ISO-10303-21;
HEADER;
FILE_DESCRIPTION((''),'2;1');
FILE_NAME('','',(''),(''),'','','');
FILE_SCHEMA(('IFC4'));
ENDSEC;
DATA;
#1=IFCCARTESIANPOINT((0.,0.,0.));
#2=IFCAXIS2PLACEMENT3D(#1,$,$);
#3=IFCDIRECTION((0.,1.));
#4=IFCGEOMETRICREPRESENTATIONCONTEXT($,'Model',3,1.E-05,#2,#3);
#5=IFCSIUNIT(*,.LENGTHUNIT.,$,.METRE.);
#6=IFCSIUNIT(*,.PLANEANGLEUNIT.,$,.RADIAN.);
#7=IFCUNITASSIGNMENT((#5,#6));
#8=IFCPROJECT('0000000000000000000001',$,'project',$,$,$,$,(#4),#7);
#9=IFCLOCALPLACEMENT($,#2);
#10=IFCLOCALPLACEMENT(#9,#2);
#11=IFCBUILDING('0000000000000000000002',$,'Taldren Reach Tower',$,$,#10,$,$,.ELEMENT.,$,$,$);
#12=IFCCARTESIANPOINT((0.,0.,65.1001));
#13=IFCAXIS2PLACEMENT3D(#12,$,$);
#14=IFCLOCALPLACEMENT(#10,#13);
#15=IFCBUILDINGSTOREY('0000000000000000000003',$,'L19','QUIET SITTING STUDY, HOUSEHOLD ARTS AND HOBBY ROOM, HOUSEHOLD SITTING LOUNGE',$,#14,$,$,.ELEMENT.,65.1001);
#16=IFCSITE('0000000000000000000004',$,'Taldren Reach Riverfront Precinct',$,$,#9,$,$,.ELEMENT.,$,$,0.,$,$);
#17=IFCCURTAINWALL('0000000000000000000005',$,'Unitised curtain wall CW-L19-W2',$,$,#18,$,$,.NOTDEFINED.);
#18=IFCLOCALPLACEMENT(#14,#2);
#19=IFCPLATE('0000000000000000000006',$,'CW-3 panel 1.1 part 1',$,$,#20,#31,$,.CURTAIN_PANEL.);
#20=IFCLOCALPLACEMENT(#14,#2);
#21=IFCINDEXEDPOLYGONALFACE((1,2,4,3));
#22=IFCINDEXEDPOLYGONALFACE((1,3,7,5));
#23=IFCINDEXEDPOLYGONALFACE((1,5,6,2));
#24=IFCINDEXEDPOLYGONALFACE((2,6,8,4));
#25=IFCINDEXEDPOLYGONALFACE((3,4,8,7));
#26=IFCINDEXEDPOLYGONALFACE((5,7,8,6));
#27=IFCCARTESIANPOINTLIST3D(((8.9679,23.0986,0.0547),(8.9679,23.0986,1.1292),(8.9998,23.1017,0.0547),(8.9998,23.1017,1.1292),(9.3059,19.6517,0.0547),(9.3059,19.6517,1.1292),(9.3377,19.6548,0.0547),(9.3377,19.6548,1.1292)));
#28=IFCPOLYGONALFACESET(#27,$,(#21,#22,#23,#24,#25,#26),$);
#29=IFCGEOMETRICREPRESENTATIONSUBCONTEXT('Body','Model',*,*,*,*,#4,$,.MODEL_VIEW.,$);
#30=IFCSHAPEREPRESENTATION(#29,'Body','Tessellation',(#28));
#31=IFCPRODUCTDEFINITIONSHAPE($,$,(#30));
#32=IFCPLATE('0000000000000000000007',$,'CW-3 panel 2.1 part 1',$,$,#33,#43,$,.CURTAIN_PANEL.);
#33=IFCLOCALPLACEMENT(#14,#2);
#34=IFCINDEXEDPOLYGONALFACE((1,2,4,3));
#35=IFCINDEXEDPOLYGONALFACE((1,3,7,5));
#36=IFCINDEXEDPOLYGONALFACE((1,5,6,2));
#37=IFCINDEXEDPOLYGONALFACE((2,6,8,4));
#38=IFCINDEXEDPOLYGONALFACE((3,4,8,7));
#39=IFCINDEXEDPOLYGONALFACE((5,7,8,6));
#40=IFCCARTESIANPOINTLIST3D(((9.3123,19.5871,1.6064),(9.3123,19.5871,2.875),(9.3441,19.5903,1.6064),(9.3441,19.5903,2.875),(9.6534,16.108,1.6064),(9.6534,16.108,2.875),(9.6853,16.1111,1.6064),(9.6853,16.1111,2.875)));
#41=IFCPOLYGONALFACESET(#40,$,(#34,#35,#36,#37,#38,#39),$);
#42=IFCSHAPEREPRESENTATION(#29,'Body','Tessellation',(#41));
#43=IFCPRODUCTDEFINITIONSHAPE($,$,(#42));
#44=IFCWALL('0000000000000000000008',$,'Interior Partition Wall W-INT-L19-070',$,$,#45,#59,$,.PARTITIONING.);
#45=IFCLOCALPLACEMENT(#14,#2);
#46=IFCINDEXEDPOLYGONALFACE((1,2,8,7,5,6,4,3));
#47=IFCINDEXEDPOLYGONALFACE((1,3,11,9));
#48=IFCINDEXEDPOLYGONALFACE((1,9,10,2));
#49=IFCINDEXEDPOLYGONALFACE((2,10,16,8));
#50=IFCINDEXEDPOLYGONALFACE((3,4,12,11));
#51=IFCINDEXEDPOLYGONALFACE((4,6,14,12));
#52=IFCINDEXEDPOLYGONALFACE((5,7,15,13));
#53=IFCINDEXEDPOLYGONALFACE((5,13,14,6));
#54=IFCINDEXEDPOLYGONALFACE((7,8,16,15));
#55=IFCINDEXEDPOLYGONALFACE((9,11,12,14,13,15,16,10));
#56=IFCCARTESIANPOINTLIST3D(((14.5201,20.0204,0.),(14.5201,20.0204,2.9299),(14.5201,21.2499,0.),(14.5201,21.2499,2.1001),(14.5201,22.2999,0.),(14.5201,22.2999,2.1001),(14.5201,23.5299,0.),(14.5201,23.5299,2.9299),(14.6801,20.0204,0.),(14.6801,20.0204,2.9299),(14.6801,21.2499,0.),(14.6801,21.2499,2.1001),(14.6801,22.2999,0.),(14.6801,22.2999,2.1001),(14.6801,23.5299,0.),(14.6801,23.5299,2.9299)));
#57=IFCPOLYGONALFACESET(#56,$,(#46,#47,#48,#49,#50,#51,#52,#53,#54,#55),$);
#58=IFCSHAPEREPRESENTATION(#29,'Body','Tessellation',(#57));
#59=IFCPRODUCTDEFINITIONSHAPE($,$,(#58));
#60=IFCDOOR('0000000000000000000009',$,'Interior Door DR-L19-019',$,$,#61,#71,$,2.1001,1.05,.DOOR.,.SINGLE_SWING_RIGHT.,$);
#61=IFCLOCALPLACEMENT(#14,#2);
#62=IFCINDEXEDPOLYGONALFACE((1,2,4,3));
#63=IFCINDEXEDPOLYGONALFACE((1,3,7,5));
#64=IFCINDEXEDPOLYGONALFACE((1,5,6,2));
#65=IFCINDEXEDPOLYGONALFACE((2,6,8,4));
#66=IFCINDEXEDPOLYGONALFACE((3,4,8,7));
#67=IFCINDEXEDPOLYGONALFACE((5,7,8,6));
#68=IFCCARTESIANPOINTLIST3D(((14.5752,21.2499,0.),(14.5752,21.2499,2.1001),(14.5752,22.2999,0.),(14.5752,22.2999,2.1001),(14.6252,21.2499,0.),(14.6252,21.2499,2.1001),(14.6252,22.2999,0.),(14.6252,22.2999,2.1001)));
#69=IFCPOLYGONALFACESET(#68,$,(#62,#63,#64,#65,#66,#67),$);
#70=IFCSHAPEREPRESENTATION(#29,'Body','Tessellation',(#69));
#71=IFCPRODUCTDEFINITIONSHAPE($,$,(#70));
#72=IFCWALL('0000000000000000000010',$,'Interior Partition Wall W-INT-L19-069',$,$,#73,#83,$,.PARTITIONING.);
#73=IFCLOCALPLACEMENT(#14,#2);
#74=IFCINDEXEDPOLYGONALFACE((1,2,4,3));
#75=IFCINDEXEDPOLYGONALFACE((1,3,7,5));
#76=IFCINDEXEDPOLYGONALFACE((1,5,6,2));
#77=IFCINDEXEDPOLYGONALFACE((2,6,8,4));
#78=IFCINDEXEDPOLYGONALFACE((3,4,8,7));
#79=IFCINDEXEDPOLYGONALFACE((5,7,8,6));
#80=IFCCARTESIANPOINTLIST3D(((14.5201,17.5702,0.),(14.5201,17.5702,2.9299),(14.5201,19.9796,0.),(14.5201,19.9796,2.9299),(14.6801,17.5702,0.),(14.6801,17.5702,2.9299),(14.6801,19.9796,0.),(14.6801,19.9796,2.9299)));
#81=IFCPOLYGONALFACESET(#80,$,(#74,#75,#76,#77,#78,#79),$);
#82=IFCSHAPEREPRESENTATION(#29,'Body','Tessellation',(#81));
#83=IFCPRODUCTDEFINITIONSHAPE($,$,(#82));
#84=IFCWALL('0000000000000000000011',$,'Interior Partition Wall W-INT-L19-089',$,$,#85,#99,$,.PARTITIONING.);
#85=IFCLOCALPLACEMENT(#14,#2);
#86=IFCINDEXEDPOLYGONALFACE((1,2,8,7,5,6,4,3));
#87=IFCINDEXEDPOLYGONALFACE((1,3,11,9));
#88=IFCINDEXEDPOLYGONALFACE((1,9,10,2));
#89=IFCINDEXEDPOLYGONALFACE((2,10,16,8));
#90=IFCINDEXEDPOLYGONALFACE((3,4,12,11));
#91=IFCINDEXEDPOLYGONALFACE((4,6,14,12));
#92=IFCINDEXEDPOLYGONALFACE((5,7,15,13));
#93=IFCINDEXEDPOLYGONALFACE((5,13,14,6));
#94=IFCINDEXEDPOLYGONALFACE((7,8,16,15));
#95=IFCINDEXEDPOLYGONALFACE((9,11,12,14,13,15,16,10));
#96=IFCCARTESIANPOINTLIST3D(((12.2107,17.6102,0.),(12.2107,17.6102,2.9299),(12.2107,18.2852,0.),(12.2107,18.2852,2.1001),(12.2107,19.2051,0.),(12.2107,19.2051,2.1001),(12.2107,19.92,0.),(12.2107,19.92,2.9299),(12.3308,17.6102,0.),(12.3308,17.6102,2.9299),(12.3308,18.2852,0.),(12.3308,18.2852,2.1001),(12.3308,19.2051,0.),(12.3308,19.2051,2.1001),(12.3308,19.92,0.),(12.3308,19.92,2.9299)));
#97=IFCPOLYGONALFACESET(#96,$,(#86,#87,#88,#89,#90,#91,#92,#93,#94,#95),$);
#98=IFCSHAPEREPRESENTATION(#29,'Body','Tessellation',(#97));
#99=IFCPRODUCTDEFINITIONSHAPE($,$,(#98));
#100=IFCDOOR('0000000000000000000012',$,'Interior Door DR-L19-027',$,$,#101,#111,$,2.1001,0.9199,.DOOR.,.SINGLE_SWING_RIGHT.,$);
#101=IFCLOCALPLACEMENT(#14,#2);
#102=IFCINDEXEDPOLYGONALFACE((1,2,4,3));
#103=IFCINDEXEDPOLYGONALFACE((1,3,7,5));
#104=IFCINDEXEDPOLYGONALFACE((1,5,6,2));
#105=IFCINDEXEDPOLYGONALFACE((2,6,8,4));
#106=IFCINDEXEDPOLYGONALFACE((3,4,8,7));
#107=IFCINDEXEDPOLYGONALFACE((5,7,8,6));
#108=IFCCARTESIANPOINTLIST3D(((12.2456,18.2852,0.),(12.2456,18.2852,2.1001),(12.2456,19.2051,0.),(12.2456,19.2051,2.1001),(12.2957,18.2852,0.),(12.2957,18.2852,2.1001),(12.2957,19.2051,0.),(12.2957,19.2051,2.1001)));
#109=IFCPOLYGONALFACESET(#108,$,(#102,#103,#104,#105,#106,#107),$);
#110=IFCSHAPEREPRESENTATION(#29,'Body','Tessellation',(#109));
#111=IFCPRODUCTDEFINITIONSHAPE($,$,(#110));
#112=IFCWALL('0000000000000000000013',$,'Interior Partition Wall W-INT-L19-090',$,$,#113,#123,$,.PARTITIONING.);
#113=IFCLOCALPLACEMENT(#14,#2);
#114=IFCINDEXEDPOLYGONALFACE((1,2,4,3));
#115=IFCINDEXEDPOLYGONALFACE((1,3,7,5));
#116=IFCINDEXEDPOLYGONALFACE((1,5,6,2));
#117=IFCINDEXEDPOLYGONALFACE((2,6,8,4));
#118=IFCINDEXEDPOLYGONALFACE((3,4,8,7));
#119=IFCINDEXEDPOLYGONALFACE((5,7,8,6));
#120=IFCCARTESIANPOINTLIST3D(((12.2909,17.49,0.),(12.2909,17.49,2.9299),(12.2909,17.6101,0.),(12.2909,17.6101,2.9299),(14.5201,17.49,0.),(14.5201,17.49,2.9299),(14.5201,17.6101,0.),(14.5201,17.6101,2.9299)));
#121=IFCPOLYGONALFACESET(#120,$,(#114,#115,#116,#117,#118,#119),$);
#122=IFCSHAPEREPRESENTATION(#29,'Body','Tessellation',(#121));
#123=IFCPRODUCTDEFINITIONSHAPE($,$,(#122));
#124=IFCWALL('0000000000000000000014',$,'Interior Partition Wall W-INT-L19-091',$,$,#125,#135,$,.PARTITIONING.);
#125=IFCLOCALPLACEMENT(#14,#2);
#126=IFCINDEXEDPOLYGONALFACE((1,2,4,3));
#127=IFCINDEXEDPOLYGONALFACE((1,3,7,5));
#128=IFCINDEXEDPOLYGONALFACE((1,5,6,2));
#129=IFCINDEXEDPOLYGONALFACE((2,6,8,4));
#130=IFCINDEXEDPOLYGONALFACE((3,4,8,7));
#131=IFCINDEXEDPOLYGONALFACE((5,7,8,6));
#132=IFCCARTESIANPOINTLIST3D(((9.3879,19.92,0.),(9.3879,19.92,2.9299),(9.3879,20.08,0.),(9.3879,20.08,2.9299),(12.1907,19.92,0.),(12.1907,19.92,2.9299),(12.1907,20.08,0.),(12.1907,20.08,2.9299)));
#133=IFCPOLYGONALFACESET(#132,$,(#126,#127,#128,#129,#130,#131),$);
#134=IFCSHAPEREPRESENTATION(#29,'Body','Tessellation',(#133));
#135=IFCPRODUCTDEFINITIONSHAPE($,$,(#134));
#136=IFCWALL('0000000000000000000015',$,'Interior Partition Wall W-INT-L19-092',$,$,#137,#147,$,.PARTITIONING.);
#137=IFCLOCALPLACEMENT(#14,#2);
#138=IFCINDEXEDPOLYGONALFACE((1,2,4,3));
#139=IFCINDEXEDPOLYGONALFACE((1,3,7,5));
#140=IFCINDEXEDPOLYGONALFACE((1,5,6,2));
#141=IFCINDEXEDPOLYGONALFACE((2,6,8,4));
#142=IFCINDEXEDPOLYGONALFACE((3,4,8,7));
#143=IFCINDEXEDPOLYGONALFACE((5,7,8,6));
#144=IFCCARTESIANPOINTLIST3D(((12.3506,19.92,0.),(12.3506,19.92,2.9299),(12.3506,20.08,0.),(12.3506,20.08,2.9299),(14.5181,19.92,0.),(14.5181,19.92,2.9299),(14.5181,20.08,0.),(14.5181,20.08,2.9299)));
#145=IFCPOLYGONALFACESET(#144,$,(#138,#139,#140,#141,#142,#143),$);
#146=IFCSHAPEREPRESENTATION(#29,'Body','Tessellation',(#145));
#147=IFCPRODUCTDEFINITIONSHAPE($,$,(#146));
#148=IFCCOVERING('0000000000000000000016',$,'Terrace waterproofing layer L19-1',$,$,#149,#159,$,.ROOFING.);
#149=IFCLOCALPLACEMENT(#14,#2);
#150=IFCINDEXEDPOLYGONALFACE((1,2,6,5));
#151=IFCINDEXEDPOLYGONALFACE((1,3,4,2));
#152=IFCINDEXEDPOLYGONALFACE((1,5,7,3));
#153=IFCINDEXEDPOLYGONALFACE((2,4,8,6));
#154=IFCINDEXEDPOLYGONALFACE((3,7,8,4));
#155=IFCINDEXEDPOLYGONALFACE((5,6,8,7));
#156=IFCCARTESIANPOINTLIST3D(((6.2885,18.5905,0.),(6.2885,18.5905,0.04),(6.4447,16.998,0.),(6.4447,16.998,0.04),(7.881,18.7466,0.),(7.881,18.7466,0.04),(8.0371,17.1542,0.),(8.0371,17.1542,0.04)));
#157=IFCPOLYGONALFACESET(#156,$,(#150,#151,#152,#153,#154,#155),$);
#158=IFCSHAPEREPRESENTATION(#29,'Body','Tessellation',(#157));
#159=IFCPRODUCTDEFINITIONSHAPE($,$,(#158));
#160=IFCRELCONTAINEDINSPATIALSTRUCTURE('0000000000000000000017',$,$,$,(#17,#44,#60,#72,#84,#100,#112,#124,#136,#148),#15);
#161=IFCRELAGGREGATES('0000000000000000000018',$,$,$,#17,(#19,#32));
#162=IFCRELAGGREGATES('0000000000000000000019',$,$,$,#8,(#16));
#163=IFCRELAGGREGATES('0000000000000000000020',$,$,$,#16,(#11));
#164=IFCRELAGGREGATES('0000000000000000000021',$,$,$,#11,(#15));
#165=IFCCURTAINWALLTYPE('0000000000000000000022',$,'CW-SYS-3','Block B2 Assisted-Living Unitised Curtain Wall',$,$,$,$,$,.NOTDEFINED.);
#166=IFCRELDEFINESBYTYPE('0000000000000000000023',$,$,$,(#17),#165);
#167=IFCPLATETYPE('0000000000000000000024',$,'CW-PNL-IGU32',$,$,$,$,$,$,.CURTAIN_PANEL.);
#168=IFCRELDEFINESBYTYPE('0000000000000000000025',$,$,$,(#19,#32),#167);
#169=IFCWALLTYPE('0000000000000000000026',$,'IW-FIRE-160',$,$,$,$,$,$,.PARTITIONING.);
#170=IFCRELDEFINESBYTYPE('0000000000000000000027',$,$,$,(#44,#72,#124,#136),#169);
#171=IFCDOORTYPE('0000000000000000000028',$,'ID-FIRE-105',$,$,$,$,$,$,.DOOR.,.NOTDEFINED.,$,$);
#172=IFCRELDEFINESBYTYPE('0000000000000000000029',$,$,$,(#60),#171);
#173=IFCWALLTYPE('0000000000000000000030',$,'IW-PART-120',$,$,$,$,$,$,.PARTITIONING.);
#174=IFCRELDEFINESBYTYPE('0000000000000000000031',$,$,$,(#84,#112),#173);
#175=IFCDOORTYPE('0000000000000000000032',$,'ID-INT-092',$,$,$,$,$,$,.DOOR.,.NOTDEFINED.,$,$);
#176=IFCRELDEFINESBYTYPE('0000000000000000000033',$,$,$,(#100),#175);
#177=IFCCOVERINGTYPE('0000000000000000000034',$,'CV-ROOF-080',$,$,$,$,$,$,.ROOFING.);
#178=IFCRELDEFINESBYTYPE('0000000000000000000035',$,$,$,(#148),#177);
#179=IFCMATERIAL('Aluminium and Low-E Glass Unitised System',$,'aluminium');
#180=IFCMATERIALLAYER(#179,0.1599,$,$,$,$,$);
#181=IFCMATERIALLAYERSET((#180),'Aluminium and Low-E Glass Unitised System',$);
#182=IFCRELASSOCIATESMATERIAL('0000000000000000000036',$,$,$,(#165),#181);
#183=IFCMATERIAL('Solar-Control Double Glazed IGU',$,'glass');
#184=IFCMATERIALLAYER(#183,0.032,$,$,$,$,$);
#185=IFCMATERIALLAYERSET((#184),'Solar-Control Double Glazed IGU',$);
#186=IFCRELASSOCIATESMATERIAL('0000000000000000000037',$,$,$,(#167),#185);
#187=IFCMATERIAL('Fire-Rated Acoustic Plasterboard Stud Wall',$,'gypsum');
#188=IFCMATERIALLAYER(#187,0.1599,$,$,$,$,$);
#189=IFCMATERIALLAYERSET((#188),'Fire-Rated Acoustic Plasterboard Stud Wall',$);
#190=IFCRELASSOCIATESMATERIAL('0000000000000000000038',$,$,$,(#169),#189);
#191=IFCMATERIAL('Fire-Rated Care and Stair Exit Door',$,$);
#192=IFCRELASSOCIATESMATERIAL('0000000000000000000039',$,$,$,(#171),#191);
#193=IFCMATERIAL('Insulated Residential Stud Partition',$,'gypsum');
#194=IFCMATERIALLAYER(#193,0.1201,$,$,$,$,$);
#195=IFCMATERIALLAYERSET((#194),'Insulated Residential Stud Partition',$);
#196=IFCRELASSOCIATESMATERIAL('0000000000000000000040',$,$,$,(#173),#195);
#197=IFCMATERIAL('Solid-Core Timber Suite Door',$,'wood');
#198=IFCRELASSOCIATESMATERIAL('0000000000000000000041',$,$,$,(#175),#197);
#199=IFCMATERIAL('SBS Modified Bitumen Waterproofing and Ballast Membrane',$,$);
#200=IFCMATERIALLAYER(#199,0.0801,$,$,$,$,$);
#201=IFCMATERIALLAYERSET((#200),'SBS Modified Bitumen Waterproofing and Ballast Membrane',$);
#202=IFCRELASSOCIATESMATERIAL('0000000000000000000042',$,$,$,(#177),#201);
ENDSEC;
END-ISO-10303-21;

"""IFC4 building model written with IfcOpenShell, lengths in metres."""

from ifc_helpers import new_model, si_unit, direction, frame, frame_2d, origin, origin_2d, place, context, subcontext, project, spatial, rectangle, extrude, source, transform, mapped, material, layer, layer_set, type_object, element, fill, aggregate, save


model = new_model("IFC4")

# Units and contexts
model_context = context("Model", 3, precision=1e-05, world=origin(), true_north=direction((0.0, 1.0)))
body_context = subcontext(model_context, "Body", "Model", "MODEL_VIEW")
ifc_project = project(units=[si_unit("LENGTHUNIT", "METRE"), si_unit("PLANEANGLEUNIT", "RADIAN")], contexts=[model_context])

# Site, building, storey
site_placement = place(None, origin())
site = spatial("IfcSite", under=ifc_project, at=site_placement, Name="Taldren Reach Riverfront Precinct", CompositionType="ELEMENT", RefElevation=0.0)
building_placement = place(site_placement, origin())
building = spatial("IfcBuilding", under=site, at=building_placement, Name="Taldren Reach Tower", CompositionType="ELEMENT")
storey_placement = place(building_placement, frame((0.0, 0.0, 65.1001)))
storey = spatial("IfcBuildingStorey", under=building, at=storey_placement, Name="L19", Description="QUIET SITTING STUDY, HOUSEHOLD ARTS AND HOBBY ROOM, HOUSEHOLD SITTING LOUNGE", CompositionType="ELEMENT", Elevation=65.1001)

# Curtain wall, plates
ifc_material_1 = material(Name="Aluminium and Low-E Glass Unitised System", Category="aluminium")
ifc_layer_1 = layer(ifc_material_1, 0.1599)
ifc_layer_set_1 = layer_set([ifc_layer_1], Name="Aluminium and Low-E Glass Unitised System")
curtain_wall_type = type_object("IfcCurtainWallType", Name="CW-SYS-3", Description="Block B2 Assisted-Living Unitised Curtain Wall", PredefinedType="NOTDEFINED", material=ifc_layer_set_1)
curtain_wall_placement = place(storey_placement, origin())
curtain_wall = element("IfcCurtainWall", 1, at=curtain_wall_placement, inside=storey, type_object=curtain_wall_type, Name="Unitised curtain wall CW-L19-W2", PredefinedType="NOTDEFINED")
ifc_material_2 = material(Name="Solar-Control Double Glazed IGU", Category="glass")
ifc_layer_2 = layer(ifc_material_2, 0.032)
ifc_layer_set_2 = layer_set([ifc_layer_2], Name="Solar-Control Double Glazed IGU")
plate_type = type_object("IfcPlateType", Name="CW-PNL-IGU32", PredefinedType="CURTAIN_PANEL", material=ifc_layer_set_2)
shared_shape_1 = source(origin(), body_context, "Body", "SweptSolid", [
    extrude(rectangle(XDim=3.4634, YDim=0.032, at=origin_2d()), origin(), (0.0, 0.0, 1.0), 1.0745),
])
plate_1_placement = place(storey_placement, frame((9.1528, 21.3767, 0.0547), z_axis=(0.0, 0.0, 1.0), x_axis=(0.097583, -0.995227, 0.0)))
plate_1 = element("IfcPlate", 2, at=plate_1_placement, type_object=plate_type, Name="CW-3 panel 1.1 part 1", PredefinedType="CURTAIN_PANEL", context=body_context, shape_type="MappedRepresentation", body=[
    mapped(shared_shape_1, transform((0.0, 0.0, 0.0), scale=1.0)),
])
shared_shape_2 = source(origin(), body_context, "Body", "SweptSolid", [
    extrude(rectangle(XDim=3.4958, YDim=0.032, at=origin_2d()), origin(), (0.0, 0.0, 1.0), 1.2686),
])
plate_2_placement = place(storey_placement, frame((9.4988, 17.8491, 1.6064), z_axis=(0.0, 0.0, 1.0), x_axis=(0.097583, -0.995227, 0.0)))
plate_2 = element("IfcPlate", 3, at=plate_2_placement, type_object=plate_type, Name="CW-3 panel 2.1 part 1", PredefinedType="CURTAIN_PANEL", context=body_context, shape_type="MappedRepresentation", body=[
    mapped(shared_shape_2, transform((0.0, 0.0, 0.0), scale=1.0)),
])
aggregate(curtain_wall, [plate_1, plate_2])

# Wall, opening, door
ifc_material_3 = material(Name="Fire-Rated Acoustic Plasterboard Stud Wall", Category="gypsum")
ifc_layer_3 = layer(ifc_material_3, 0.1599)
ifc_layer_set_3 = layer_set([ifc_layer_3], Name="Fire-Rated Acoustic Plasterboard Stud Wall")
wall_type_1 = type_object("IfcWallType", Name="IW-FIRE-160", PredefinedType="PARTITIONING", material=ifc_layer_set_3)
shared_shape_3 = source(origin(), body_context, "Body", "SweptSolid", [
    extrude(rectangle(XDim=3.5095, YDim=0.1599, at=frame_2d((1.7549, 0.0))), origin(), (0.0, 0.0, 1.0), 2.9299),
])
wall_1_placement = place(storey_placement, frame((14.6001, 20.0203, 0.0), z_axis=(0.0, 0.0, 1.0), x_axis=(0.0, 1.0, 0.0)))
wall_1 = element("IfcWall", 4, at=wall_1_placement, inside=storey, type_object=wall_type_1, Name="Interior Partition Wall W-INT-L19-070", PredefinedType="PARTITIONING", context=body_context, shape_type="MappedRepresentation", body=[
    mapped(shared_shape_3, transform((0.0, 0.0, 0.0), scale=1.0)),
])
shared_shape_4 = source(origin(), body_context, "Body", "SweptSolid", [
    extrude(rectangle(XDim=1.05, YDim=2.1001, at=frame_2d((0.5249, 1.05))), frame((0.0, 0.0898, 0.0), z_axis=(0.0, -1.0, 0.0), x_axis=(1.0, 0.0, 0.0)), (0.0, 0.0, 1.0), 0.1799),
])
opening_1_placement = place(wall_1_placement, frame((1.2297, 0.0, 0.0)))
opening_1 = element("IfcOpeningElement", 5, at=opening_1_placement, cuts=wall_1, PredefinedType="OPENING", context=body_context, shape_type="MappedRepresentation", body=[
    mapped(shared_shape_4, transform((0.0, 0.0, 0.0), scale=1.0)),
])
ifc_material_4 = material(Name="Fire-Rated Care and Stair Exit Door")
door_type_1 = type_object("IfcDoorType", Name="ID-FIRE-105", OperationType="NOTDEFINED", PredefinedType="DOOR", material=ifc_material_4)
shared_shape_5 = source(origin(), body_context, "Body", "SweptSolid", [
    extrude(rectangle(XDim=1.05, YDim=2.1001, at=frame_2d((0.5249, 1.05))), frame((0.0, 0.0249, 0.0), z_axis=(0.0, -1.0, 0.0), x_axis=(1.0, 0.0, 0.0)), (0.0, 0.0, 1.0), 0.05),
])
door_1_placement = place(opening_1_placement, origin())
door_1 = element("IfcDoor", 6, at=door_1_placement, inside=storey, type_object=door_type_1, Name="Interior Door DR-L19-019", OperationType="SINGLE_SWING_RIGHT", OverallHeight=2.1001, OverallWidth=1.05, PredefinedType="DOOR", context=body_context, shape_type="MappedRepresentation", body=[
    mapped(shared_shape_5, transform((0.0, 0.0, 0.0), scale=1.0)),
])
fill(opening_1, door_1)

# Wall
shared_shape_6 = source(origin(), body_context, "Body", "SweptSolid", [
    extrude(rectangle(XDim=2.4094, YDim=0.1599, at=frame_2d((1.2046, 0.0))), origin(), (0.0, 0.0, 1.0), 2.9299),
])
wall_2_placement = place(storey_placement, frame((14.6001, 17.5703, 0.0), z_axis=(0.0, 0.0, 1.0), x_axis=(0.0, 1.0, 0.0)))
element("IfcWall", 7, at=wall_2_placement, inside=storey, type_object=wall_type_1, Name="Interior Partition Wall W-INT-L19-069", PredefinedType="PARTITIONING", context=body_context, shape_type="MappedRepresentation", body=[
    mapped(shared_shape_6, transform((0.0, 0.0, 0.0), scale=1.0)),
])

# Wall, opening, door
ifc_material_5 = material(Name="Insulated Residential Stud Partition", Category="gypsum")
ifc_layer_4 = layer(ifc_material_5, 0.1201)
ifc_layer_set_4 = layer_set([ifc_layer_4], Name="Insulated Residential Stud Partition")
wall_type_2 = type_object("IfcWallType", Name="IW-PART-120", PredefinedType="PARTITIONING", material=ifc_layer_set_4)
shared_shape_7 = source(origin(), body_context, "Body", "SweptSolid", [
    extrude(rectangle(XDim=2.3098, YDim=0.1201, at=frame_2d((1.1548, 0.0))), origin(), (0.0, 0.0, 1.0), 2.9299),
])
wall_3_placement = place(storey_placement, frame((12.2708, 19.9199, 0.0), z_axis=(0.0, 0.0, 1.0), x_axis=(0.0, -1.0, 0.0)))
wall_3 = element("IfcWall", 8, at=wall_3_placement, inside=storey, type_object=wall_type_2, Name="Interior Partition Wall W-INT-L19-089", PredefinedType="PARTITIONING", context=body_context, shape_type="MappedRepresentation", body=[
    mapped(shared_shape_7, transform((0.0, 0.0, 0.0), scale=1.0)),
])
shared_shape_8 = source(origin(), body_context, "Body", "SweptSolid", [
    extrude(rectangle(XDim=0.9199, YDim=2.1001, at=frame_2d((0.46, 1.05))), frame((0.0, 0.0701, 0.0), z_axis=(0.0, -1.0, 0.0), x_axis=(1.0, 0.0, 0.0)), (0.0, 0.0, 1.0), 0.1401),
])
opening_2_placement = place(wall_3_placement, frame((0.7148, 0.0, 0.0)))
opening_2 = element("IfcOpeningElement", 9, at=opening_2_placement, cuts=wall_3, PredefinedType="OPENING", context=body_context, shape_type="MappedRepresentation", body=[
    mapped(shared_shape_8, transform((0.0, 0.0, 0.0), scale=1.0)),
])
ifc_material_6 = material(Name="Solid-Core Timber Suite Door", Category="wood")
door_type_2 = type_object("IfcDoorType", Name="ID-INT-092", OperationType="NOTDEFINED", PredefinedType="DOOR", material=ifc_material_6)
shared_shape_9 = source(origin(), body_context, "Body", "SweptSolid", [
    extrude(rectangle(XDim=0.9199, YDim=2.1001, at=frame_2d((0.46, 1.05))), frame((0.0, 0.0249, 0.0), z_axis=(0.0, -1.0, 0.0), x_axis=(1.0, 0.0, 0.0)), (0.0, 0.0, 1.0), 0.05),
])
door_2_placement = place(opening_2_placement, origin())
door_2 = element("IfcDoor", 10, at=door_2_placement, inside=storey, type_object=door_type_2, Name="Interior Door DR-L19-027", OperationType="SINGLE_SWING_RIGHT", OverallHeight=2.1001, OverallWidth=0.9199, PredefinedType="DOOR", context=body_context, shape_type="MappedRepresentation", body=[
    mapped(shared_shape_9, transform((0.0, 0.0, 0.0), scale=1.0)),
])
fill(opening_2, door_2)

# Walls
shared_shape_10 = source(origin(), body_context, "Body", "SweptSolid", [
    extrude(rectangle(XDim=2.2292, YDim=0.1201, at=frame_2d((1.1147, 0.0))), origin(), (0.0, 0.0, 1.0), 2.9299),
])
wall_4_placement = place(storey_placement, frame((12.2908, 17.55, 0.0), z_axis=(0.0, 0.0, 1.0), x_axis=(1.0, 0.0, 0.0)))
element("IfcWall", 11, at=wall_4_placement, inside=storey, type_object=wall_type_2, Name="Interior Partition Wall W-INT-L19-090", PredefinedType="PARTITIONING", context=body_context, shape_type="MappedRepresentation", body=[
    mapped(shared_shape_10, transform((0.0, 0.0, 0.0), scale=1.0)),
])
shared_shape_11 = source(origin(), body_context, "Body", "SweptSolid", [
    extrude(rectangle(XDim=2.8027, YDim=0.1599, at=frame_2d((1.4014, 0.0))), origin(), (0.0, 0.0, 1.0), 2.9299),
])
wall_5_placement = place(storey_placement, frame((9.3879, 20.0, 0.0), z_axis=(0.0, 0.0, 1.0), x_axis=(1.0, 0.0, 0.0)))
element("IfcWall", 12, at=wall_5_placement, inside=storey, type_object=wall_type_1, Name="Interior Partition Wall W-INT-L19-091", PredefinedType="PARTITIONING", context=body_context, shape_type="MappedRepresentation", body=[
    mapped(shared_shape_11, transform((0.0, 0.0, 0.0), scale=1.0)),
])
shared_shape_12 = source(origin(), body_context, "Body", "SweptSolid", [
    extrude(rectangle(XDim=2.1675, YDim=0.1599, at=frame_2d((1.0837, 0.0))), origin(), (0.0, 0.0, 1.0), 2.9299),
])
wall_6_placement = place(storey_placement, frame((12.3506, 20.0, 0.0), z_axis=(0.0, 0.0, 1.0), x_axis=(1.0, 0.0, 0.0)))
element("IfcWall", 13, at=wall_6_placement, inside=storey, type_object=wall_type_1, Name="Interior Partition Wall W-INT-L19-092", PredefinedType="PARTITIONING", context=body_context, shape_type="MappedRepresentation", body=[
    mapped(shared_shape_12, transform((0.0, 0.0, 0.0), scale=1.0)),
])

# Covering
ifc_material_7 = material(Name="SBS Modified Bitumen Waterproofing and Ballast Membrane")
ifc_layer_5 = layer(ifc_material_7, 0.0801)
ifc_layer_set_5 = layer_set([ifc_layer_5], Name="SBS Modified Bitumen Waterproofing and Ballast Membrane")
covering_type_1 = type_object("IfcCoveringType", Name="CV-ROOF-080", PredefinedType="ROOFING", material=ifc_layer_set_5)
shared_shape_13 = source(origin(), body_context, "Body", "SweptSolid", [
    extrude(rectangle(XDim=1.6001, YDim=1.6001, at=origin_2d()), origin(), (0.0, 0.0, 1.0), 0.04),
])
covering_1_placement = place(storey_placement, frame((7.1628, 17.8723, 0.0), z_axis=(0.0, 0.0, 1.0), x_axis=(0.995227, 0.097583, 0.0)))
element("IfcCovering", 14, at=covering_1_placement, inside=storey, type_object=covering_type_1, Name="Terrace waterproofing layer L19-1", PredefinedType="ROOFING", context=body_context, shape_type="MappedRepresentation", body=[
    mapped(shared_shape_13, transform((0.0, 0.0, 0.0), scale=1.0)),
])

save(model, "model.ifc")
